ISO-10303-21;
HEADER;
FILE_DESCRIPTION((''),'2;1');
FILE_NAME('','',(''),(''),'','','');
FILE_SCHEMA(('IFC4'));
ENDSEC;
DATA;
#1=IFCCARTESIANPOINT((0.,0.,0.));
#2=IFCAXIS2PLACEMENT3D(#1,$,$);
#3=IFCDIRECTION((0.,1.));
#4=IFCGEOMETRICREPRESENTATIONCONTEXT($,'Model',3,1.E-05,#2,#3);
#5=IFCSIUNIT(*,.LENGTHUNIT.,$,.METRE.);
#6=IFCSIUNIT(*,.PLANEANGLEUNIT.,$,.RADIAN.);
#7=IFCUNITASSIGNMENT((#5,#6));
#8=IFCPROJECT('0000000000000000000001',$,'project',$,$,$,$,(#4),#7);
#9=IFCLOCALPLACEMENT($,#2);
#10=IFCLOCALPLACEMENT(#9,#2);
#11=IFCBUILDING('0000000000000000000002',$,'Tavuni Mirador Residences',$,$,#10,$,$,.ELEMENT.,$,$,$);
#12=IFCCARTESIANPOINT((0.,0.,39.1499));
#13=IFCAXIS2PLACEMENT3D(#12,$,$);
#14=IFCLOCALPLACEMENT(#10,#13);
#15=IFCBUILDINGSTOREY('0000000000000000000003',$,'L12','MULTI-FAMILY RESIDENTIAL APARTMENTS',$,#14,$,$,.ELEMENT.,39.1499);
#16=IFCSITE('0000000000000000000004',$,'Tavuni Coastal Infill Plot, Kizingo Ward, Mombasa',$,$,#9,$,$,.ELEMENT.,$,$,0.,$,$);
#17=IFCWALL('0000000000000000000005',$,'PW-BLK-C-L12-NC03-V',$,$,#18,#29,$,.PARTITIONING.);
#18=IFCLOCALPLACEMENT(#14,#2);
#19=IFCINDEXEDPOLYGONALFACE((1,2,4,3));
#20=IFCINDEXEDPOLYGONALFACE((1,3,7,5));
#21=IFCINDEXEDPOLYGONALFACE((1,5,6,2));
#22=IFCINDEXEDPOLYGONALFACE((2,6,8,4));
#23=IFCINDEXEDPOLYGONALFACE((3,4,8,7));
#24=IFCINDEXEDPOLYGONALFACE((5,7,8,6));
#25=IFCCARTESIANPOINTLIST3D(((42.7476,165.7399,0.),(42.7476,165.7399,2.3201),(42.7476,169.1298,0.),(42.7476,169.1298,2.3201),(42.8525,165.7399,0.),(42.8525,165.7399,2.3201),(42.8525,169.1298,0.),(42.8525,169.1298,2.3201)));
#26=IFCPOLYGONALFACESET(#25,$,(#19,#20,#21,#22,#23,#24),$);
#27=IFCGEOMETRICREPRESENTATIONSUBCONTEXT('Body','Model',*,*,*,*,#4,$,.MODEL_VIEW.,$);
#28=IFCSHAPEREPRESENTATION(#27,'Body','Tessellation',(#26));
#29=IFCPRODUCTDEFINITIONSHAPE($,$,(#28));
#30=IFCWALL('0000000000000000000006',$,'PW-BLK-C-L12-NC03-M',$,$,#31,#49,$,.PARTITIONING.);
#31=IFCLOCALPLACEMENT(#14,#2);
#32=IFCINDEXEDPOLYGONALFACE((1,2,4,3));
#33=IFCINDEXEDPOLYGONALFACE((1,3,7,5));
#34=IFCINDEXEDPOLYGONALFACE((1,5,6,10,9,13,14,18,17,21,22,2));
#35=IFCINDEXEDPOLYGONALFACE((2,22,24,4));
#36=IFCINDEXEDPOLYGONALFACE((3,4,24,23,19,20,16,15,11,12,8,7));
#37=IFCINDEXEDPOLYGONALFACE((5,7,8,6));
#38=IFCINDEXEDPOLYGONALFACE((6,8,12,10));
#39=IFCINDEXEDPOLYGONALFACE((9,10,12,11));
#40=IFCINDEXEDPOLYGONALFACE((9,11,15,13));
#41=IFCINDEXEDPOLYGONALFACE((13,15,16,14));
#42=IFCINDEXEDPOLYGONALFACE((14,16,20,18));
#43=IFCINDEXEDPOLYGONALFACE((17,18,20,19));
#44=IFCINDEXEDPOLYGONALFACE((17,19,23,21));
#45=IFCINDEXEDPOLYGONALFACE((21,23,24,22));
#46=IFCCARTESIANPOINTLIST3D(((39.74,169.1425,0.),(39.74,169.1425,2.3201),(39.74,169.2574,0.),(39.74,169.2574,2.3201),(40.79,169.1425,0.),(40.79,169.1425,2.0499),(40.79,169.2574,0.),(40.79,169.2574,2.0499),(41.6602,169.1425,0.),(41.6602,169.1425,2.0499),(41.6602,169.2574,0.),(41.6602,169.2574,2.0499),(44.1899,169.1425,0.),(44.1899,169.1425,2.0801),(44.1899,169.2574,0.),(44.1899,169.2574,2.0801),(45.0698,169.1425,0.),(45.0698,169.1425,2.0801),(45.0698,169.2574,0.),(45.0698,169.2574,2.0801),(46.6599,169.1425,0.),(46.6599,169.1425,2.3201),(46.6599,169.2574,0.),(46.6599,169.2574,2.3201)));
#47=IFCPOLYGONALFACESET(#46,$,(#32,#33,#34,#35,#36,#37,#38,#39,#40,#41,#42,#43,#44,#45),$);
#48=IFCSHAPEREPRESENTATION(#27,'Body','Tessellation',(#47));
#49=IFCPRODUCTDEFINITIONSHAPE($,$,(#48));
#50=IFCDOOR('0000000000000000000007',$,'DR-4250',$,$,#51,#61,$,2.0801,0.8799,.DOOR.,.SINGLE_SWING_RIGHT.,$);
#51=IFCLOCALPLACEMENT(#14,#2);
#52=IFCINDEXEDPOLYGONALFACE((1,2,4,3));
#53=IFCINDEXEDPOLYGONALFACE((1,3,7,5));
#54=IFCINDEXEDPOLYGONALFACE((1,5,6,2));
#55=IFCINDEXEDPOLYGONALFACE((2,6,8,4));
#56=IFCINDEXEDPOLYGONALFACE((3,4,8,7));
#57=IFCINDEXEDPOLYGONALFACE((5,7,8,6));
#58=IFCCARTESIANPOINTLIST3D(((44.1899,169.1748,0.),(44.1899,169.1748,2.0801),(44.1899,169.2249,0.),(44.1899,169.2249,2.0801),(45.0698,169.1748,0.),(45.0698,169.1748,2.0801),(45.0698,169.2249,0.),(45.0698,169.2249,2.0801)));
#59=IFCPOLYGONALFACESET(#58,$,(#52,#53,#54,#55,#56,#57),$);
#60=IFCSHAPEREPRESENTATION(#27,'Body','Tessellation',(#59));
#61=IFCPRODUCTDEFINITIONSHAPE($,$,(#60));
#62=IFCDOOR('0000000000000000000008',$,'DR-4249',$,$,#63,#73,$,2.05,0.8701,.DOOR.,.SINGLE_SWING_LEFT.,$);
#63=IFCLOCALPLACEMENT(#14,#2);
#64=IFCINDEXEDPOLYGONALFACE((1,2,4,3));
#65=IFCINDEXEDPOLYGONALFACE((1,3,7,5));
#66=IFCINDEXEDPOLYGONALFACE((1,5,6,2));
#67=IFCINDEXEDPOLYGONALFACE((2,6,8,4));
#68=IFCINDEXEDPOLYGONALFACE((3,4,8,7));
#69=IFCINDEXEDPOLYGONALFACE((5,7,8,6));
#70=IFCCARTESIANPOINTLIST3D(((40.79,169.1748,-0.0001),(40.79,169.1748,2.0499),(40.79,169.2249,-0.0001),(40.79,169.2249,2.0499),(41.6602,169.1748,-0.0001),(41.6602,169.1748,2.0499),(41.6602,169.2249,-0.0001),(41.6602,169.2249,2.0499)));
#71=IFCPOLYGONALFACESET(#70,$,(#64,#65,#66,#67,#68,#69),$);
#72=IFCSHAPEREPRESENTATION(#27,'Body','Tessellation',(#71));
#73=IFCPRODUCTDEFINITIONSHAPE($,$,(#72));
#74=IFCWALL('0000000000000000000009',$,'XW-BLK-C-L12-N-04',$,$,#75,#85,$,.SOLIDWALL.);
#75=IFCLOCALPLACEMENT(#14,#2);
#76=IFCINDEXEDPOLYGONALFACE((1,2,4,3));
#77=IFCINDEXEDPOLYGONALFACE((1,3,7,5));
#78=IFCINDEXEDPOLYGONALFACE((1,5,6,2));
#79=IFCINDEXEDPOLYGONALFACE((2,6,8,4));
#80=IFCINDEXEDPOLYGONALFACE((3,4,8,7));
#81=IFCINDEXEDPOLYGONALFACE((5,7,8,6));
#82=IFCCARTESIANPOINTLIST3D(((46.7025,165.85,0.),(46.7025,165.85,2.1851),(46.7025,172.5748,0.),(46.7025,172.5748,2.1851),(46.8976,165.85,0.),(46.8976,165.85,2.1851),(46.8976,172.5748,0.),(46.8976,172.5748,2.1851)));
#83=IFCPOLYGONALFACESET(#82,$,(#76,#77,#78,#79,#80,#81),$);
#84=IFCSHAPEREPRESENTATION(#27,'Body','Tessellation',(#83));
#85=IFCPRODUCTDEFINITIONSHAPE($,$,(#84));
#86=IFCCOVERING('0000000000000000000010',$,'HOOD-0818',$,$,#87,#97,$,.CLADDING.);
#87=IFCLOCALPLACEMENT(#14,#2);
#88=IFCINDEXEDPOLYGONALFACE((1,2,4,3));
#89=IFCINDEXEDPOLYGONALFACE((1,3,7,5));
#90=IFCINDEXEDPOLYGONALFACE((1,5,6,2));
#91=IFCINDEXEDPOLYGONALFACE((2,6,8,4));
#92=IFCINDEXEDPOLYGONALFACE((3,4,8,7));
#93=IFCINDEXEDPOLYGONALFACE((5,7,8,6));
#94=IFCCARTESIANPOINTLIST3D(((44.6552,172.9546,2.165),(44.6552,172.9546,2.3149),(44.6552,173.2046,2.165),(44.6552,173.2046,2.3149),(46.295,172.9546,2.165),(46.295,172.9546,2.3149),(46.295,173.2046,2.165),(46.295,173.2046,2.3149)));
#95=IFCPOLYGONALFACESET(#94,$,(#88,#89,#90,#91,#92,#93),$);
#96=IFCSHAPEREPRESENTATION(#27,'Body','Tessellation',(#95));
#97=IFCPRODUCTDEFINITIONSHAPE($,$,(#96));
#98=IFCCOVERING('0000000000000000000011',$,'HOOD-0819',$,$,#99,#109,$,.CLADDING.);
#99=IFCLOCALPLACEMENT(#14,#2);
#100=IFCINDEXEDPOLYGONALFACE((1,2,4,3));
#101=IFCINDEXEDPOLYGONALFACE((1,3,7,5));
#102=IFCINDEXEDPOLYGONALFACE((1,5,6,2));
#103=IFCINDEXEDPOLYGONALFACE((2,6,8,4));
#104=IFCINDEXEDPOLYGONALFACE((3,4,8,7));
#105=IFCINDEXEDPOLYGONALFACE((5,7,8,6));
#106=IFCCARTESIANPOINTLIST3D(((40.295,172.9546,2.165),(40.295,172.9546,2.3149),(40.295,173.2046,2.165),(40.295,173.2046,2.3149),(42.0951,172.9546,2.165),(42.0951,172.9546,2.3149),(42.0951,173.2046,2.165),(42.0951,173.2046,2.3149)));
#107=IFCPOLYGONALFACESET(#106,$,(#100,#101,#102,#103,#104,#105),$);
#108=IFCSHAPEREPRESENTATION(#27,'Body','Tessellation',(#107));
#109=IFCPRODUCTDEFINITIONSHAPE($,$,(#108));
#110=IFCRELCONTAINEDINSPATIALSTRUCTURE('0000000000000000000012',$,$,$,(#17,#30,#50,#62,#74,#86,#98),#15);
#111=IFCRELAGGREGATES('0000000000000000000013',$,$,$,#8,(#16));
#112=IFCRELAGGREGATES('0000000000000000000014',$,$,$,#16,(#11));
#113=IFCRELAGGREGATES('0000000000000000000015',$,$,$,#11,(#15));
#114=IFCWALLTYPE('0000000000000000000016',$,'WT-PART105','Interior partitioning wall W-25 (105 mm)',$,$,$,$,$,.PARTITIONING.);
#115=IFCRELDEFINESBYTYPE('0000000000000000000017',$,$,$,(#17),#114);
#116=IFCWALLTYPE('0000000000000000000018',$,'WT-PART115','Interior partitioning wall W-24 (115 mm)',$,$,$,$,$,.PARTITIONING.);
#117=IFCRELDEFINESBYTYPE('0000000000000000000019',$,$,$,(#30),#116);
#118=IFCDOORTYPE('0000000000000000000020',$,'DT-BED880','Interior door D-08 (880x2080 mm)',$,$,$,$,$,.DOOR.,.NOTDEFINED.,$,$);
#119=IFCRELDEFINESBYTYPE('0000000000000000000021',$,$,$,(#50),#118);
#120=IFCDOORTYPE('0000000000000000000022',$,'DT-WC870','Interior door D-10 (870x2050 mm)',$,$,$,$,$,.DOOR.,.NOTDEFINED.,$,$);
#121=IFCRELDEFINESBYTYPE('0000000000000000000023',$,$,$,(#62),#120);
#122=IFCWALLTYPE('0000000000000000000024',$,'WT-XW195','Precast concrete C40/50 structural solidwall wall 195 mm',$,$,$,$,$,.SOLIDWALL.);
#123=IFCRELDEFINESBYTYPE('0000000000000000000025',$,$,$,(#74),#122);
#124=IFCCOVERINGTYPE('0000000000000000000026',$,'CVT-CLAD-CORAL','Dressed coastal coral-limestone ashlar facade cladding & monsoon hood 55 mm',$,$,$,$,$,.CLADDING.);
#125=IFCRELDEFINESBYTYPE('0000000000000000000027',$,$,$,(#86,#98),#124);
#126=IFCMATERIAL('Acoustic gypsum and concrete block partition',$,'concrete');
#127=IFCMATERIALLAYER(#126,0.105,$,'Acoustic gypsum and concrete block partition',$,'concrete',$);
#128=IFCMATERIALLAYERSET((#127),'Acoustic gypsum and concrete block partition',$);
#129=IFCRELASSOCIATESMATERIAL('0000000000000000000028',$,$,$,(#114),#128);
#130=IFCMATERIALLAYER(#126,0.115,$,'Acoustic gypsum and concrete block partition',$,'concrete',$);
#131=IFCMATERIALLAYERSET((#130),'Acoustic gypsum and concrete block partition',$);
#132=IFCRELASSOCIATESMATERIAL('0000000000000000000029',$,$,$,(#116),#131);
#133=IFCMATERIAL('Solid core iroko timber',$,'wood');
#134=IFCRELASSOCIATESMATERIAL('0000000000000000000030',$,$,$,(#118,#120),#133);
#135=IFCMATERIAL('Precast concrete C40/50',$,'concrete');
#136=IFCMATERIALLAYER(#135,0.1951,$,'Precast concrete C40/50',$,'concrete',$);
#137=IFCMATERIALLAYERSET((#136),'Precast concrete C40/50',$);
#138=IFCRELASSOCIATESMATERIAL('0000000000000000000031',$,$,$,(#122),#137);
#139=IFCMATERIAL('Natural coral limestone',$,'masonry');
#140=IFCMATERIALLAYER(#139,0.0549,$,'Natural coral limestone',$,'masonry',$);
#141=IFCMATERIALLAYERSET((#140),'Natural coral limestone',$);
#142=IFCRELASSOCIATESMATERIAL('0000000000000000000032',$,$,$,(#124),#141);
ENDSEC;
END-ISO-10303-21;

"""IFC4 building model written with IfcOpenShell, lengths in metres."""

from ifc_helpers import new_model, si_unit, direction, frame, frame_2d, origin, origin_2d, place, context, subcontext, project, spatial, rectangle, extrude, material, layer, layer_set, type_object, element, fill, save


model = new_model("IFC4")

# Units and contexts
model_context = context("Model", 3, precision=1e-05, world=origin(), true_north=direction((0.0, 1.0)))
body_context = subcontext(model_context, "Body", "Model", "MODEL_VIEW")
ifc_project = project(units=[si_unit("LENGTHUNIT", "METRE"), si_unit("PLANEANGLEUNIT", "RADIAN")], contexts=[model_context])

# Site, building, storey
site_placement = place(None, origin())
site = spatial("IfcSite", under=ifc_project, at=site_placement, Name="Tavuni Coastal Infill Plot, Kizingo Ward, Mombasa", CompositionType="ELEMENT", RefElevation=0.0)
building_placement = place(site_placement, origin())
building = spatial("IfcBuilding", under=site, at=building_placement, Name="Tavuni Mirador Residences", CompositionType="ELEMENT")
storey_placement = place(building_placement, frame((0.0, 0.0, 39.1499)))
storey = spatial("IfcBuildingStorey", under=building, at=storey_placement, Name="L12", Description="MULTI-FAMILY RESIDENTIAL APARTMENTS", CompositionType="ELEMENT", Elevation=39.1499)

# Shared definitions
ifc_material_1 = material(Name="Precast concrete C40/50", Category="concrete")

# Wall
ifc_material_2 = material(Name="Acoustic gypsum and concrete block partition", Category="concrete")
ifc_layer_1 = layer(ifc_material_2, 0.105, Name="Acoustic gypsum and concrete block partition", Category="concrete")
ifc_layer_set_1 = layer_set([ifc_layer_1], Name="Acoustic gypsum and concrete block partition")
wall_type_1 = type_object("IfcWallType", Name="WT-PART105", Description="Interior partitioning wall W-25 (105 mm)", PredefinedType="PARTITIONING", material=ifc_layer_set_1)
wall_1_placement = place(storey_placement, frame((42.8, 165.74, 0.0), z_axis=(0.0, 0.0, 1.0), x_axis=(0.0, 1.0, 0.0)))
element("IfcWall", 1, at=wall_1_placement, inside=storey, type_object=wall_type_1, Name="PW-BLK-C-L12-NC03-V", PredefinedType="PARTITIONING", context=body_context, shape_type="SweptSolid", body=[
    extrude(rectangle(XDim=3.3899, YDim=0.105, at=frame_2d((1.6948, 0.0))), origin(), (0.0, 0.0, 1.0), 2.3201),
])

# Wall, openings, doors
ifc_layer_2 = layer(ifc_material_2, 0.115, Name="Acoustic gypsum and concrete block partition", Category="concrete")
ifc_layer_set_2 = layer_set([ifc_layer_2], Name="Acoustic gypsum and concrete block partition")
wall_type_2 = type_object("IfcWallType", Name="WT-PART115", Description="Interior partitioning wall W-24 (115 mm)", PredefinedType="PARTITIONING", material=ifc_layer_set_2)
wall_2_placement = place(storey_placement, frame((39.74, 169.2, 0.0), z_axis=(0.0, 0.0, 1.0), x_axis=(1.0, 0.0, 0.0)))
wall_2 = element("IfcWall", 2, at=wall_2_placement, inside=storey, type_object=wall_type_2, Name="PW-BLK-C-L12-NC03-M", PredefinedType="PARTITIONING", context=body_context, shape_type="SweptSolid", body=[
    extrude(rectangle(XDim=6.9199, YDim=0.115, at=frame_2d((3.46, 0.0))), origin(), (0.0, 0.0, 1.0), 2.3201),
])
opening_1_placement = place(wall_2_placement, frame((1.05, 0.0, 0.0)))
opening_1 = element("IfcOpeningElement", 3, at=opening_1_placement, cuts=wall_2, PredefinedType="OPENING", context=body_context, shape_type="SweptSolid", body=[
    extrude(rectangle(XDim=0.8701, YDim=2.05, at=frame_2d((0.4351, 1.0249))), frame((0.0, 0.0674, 0.0), z_axis=(0.0, -1.0, 0.0), x_axis=(1.0, 0.0, 0.0)), (0.0, 0.0, 1.0), 0.135),
])
opening_2_placement = place(wall_2_placement, frame((4.45, 0.0, 0.0)))
opening_2 = element("IfcOpeningElement", 4, at=opening_2_placement, cuts=wall_2, PredefinedType="OPENING", context=body_context, shape_type="SweptSolid", body=[
    extrude(rectangle(XDim=0.8799, YDim=2.0801, at=frame_2d((0.4399, 1.04))), frame((0.0, 0.0674, 0.0), z_axis=(0.0, -1.0, 0.0), x_axis=(1.0, 0.0, 0.0)), (0.0, 0.0, 1.0), 0.135),
])
ifc_material_3 = material(Name="Solid core iroko timber", Category="wood")
door_type_1 = type_object("IfcDoorType", Name="DT-BED880", Description="Interior door D-08 (880x2080 mm)", OperationType="NOTDEFINED", PredefinedType="DOOR", material=ifc_material_3)
door_1_placement = place(opening_2_placement, origin())
door_1 = element("IfcDoor", 5, at=door_1_placement, inside=storey, type_object=door_type_1, Name="DR-4250", OperationType="SINGLE_SWING_RIGHT", OverallHeight=2.0801, OverallWidth=0.8799, PredefinedType="DOOR", context=body_context, shape_type="SweptSolid", body=[
    extrude(rectangle(XDim=0.8799, YDim=2.0801, at=frame_2d((0.4399, 1.04))), frame((0.0, 0.0249, 0.0), z_axis=(0.0, -1.0, 0.0), x_axis=(1.0, 0.0, 0.0)), (0.0, 0.0, 1.0), 0.05),
])
fill(opening_2, door_1)
door_type_2 = type_object("IfcDoorType", Name="DT-WC870", Description="Interior door D-10 (870x2050 mm)", OperationType="NOTDEFINED", PredefinedType="DOOR", material=ifc_material_3)
door_2_placement = place(opening_1_placement, origin())
door_2 = element("IfcDoor", 6, at=door_2_placement, inside=storey, type_object=door_type_2, Name="DR-4249", OperationType="SINGLE_SWING_LEFT", OverallHeight=2.05, OverallWidth=0.8701, PredefinedType="DOOR", context=body_context, shape_type="SweptSolid", body=[
    extrude(rectangle(XDim=0.8701, YDim=2.05, at=frame_2d((0.4351, 1.0249))), frame((0.0, 0.0249, 0.0), z_axis=(0.0, -1.0, 0.0), x_axis=(1.0, 0.0, 0.0)), (0.0, 0.0, 1.0), 0.05),
])
fill(opening_1, door_2)

# Shared definitions
ifc_layer_3 = layer(ifc_material_1, 0.1951, Name="Precast concrete C40/50", Category="concrete")
ifc_layer_set_3 = layer_set([ifc_layer_3], Name="Precast concrete C40/50")
wall_type_3 = type_object("IfcWallType", Name="WT-XW195", Description="Precast concrete C40/50 structural solidwall wall 195 mm", PredefinedType="SOLIDWALL", material=ifc_layer_set_3)

# Wall
wall_3_placement = place(storey_placement, frame((46.8, 165.8501, 0.0), z_axis=(0.0, 0.0, 1.0), x_axis=(0.0, 1.0, 0.0)))
element("IfcWall", 7, at=wall_3_placement, inside=storey, type_object=wall_type_3, Name="XW-BLK-C-L12-N-04", PredefinedType="SOLIDWALL", context=body_context, shape_type="SweptSolid", body=[
    extrude(rectangle(XDim=6.7249, YDim=0.1951, at=frame_2d((3.3623, 0.0))), origin(), (0.0, 0.0, 1.0), 2.1851),
])

# Coverings
ifc_material_4 = material(Name="Natural coral limestone", Category="masonry")
ifc_layer_4 = layer(ifc_material_4, 0.0549, Name="Natural coral limestone", Category="masonry")
ifc_layer_set_4 = layer_set([ifc_layer_4], Name="Natural coral limestone")
covering_type = type_object("IfcCoveringType", Name="CVT-CLAD-CORAL", Description="Dressed coastal coral-limestone ashlar facade cladding & monsoon hood 55 mm", PredefinedType="CLADDING", material=ifc_layer_set_4)
covering_1_placement = place(storey_placement, frame((45.4751, 173.0796, 2.165), z_axis=(0.0, 0.0, 1.0), x_axis=(-1.0, 0.0, 0.0)))
element("IfcCovering", 8, at=covering_1_placement, inside=storey, type_object=covering_type, Name="HOOD-0818", PredefinedType="CLADDING", context=body_context, shape_type="SweptSolid", body=[
    extrude(rectangle(XDim=1.6399, YDim=0.25, at=origin_2d()), origin(), (0.0, 0.0, 1.0), 0.1499),
])
covering_2_placement = place(storey_placement, frame((41.1951, 173.0796, 2.165), z_axis=(0.0, 0.0, 1.0), x_axis=(-1.0, 0.0, 0.0)))
element("IfcCovering", 9, at=covering_2_placement, inside=storey, type_object=covering_type, Name="HOOD-0819", PredefinedType="CLADDING", context=body_context, shape_type="SweptSolid", body=[
    extrude(rectangle(XDim=1.8, YDim=0.25, at=origin_2d()), origin(), (0.0, 0.0, 1.0), 0.1499),
])

save(model, "model.ifc")
